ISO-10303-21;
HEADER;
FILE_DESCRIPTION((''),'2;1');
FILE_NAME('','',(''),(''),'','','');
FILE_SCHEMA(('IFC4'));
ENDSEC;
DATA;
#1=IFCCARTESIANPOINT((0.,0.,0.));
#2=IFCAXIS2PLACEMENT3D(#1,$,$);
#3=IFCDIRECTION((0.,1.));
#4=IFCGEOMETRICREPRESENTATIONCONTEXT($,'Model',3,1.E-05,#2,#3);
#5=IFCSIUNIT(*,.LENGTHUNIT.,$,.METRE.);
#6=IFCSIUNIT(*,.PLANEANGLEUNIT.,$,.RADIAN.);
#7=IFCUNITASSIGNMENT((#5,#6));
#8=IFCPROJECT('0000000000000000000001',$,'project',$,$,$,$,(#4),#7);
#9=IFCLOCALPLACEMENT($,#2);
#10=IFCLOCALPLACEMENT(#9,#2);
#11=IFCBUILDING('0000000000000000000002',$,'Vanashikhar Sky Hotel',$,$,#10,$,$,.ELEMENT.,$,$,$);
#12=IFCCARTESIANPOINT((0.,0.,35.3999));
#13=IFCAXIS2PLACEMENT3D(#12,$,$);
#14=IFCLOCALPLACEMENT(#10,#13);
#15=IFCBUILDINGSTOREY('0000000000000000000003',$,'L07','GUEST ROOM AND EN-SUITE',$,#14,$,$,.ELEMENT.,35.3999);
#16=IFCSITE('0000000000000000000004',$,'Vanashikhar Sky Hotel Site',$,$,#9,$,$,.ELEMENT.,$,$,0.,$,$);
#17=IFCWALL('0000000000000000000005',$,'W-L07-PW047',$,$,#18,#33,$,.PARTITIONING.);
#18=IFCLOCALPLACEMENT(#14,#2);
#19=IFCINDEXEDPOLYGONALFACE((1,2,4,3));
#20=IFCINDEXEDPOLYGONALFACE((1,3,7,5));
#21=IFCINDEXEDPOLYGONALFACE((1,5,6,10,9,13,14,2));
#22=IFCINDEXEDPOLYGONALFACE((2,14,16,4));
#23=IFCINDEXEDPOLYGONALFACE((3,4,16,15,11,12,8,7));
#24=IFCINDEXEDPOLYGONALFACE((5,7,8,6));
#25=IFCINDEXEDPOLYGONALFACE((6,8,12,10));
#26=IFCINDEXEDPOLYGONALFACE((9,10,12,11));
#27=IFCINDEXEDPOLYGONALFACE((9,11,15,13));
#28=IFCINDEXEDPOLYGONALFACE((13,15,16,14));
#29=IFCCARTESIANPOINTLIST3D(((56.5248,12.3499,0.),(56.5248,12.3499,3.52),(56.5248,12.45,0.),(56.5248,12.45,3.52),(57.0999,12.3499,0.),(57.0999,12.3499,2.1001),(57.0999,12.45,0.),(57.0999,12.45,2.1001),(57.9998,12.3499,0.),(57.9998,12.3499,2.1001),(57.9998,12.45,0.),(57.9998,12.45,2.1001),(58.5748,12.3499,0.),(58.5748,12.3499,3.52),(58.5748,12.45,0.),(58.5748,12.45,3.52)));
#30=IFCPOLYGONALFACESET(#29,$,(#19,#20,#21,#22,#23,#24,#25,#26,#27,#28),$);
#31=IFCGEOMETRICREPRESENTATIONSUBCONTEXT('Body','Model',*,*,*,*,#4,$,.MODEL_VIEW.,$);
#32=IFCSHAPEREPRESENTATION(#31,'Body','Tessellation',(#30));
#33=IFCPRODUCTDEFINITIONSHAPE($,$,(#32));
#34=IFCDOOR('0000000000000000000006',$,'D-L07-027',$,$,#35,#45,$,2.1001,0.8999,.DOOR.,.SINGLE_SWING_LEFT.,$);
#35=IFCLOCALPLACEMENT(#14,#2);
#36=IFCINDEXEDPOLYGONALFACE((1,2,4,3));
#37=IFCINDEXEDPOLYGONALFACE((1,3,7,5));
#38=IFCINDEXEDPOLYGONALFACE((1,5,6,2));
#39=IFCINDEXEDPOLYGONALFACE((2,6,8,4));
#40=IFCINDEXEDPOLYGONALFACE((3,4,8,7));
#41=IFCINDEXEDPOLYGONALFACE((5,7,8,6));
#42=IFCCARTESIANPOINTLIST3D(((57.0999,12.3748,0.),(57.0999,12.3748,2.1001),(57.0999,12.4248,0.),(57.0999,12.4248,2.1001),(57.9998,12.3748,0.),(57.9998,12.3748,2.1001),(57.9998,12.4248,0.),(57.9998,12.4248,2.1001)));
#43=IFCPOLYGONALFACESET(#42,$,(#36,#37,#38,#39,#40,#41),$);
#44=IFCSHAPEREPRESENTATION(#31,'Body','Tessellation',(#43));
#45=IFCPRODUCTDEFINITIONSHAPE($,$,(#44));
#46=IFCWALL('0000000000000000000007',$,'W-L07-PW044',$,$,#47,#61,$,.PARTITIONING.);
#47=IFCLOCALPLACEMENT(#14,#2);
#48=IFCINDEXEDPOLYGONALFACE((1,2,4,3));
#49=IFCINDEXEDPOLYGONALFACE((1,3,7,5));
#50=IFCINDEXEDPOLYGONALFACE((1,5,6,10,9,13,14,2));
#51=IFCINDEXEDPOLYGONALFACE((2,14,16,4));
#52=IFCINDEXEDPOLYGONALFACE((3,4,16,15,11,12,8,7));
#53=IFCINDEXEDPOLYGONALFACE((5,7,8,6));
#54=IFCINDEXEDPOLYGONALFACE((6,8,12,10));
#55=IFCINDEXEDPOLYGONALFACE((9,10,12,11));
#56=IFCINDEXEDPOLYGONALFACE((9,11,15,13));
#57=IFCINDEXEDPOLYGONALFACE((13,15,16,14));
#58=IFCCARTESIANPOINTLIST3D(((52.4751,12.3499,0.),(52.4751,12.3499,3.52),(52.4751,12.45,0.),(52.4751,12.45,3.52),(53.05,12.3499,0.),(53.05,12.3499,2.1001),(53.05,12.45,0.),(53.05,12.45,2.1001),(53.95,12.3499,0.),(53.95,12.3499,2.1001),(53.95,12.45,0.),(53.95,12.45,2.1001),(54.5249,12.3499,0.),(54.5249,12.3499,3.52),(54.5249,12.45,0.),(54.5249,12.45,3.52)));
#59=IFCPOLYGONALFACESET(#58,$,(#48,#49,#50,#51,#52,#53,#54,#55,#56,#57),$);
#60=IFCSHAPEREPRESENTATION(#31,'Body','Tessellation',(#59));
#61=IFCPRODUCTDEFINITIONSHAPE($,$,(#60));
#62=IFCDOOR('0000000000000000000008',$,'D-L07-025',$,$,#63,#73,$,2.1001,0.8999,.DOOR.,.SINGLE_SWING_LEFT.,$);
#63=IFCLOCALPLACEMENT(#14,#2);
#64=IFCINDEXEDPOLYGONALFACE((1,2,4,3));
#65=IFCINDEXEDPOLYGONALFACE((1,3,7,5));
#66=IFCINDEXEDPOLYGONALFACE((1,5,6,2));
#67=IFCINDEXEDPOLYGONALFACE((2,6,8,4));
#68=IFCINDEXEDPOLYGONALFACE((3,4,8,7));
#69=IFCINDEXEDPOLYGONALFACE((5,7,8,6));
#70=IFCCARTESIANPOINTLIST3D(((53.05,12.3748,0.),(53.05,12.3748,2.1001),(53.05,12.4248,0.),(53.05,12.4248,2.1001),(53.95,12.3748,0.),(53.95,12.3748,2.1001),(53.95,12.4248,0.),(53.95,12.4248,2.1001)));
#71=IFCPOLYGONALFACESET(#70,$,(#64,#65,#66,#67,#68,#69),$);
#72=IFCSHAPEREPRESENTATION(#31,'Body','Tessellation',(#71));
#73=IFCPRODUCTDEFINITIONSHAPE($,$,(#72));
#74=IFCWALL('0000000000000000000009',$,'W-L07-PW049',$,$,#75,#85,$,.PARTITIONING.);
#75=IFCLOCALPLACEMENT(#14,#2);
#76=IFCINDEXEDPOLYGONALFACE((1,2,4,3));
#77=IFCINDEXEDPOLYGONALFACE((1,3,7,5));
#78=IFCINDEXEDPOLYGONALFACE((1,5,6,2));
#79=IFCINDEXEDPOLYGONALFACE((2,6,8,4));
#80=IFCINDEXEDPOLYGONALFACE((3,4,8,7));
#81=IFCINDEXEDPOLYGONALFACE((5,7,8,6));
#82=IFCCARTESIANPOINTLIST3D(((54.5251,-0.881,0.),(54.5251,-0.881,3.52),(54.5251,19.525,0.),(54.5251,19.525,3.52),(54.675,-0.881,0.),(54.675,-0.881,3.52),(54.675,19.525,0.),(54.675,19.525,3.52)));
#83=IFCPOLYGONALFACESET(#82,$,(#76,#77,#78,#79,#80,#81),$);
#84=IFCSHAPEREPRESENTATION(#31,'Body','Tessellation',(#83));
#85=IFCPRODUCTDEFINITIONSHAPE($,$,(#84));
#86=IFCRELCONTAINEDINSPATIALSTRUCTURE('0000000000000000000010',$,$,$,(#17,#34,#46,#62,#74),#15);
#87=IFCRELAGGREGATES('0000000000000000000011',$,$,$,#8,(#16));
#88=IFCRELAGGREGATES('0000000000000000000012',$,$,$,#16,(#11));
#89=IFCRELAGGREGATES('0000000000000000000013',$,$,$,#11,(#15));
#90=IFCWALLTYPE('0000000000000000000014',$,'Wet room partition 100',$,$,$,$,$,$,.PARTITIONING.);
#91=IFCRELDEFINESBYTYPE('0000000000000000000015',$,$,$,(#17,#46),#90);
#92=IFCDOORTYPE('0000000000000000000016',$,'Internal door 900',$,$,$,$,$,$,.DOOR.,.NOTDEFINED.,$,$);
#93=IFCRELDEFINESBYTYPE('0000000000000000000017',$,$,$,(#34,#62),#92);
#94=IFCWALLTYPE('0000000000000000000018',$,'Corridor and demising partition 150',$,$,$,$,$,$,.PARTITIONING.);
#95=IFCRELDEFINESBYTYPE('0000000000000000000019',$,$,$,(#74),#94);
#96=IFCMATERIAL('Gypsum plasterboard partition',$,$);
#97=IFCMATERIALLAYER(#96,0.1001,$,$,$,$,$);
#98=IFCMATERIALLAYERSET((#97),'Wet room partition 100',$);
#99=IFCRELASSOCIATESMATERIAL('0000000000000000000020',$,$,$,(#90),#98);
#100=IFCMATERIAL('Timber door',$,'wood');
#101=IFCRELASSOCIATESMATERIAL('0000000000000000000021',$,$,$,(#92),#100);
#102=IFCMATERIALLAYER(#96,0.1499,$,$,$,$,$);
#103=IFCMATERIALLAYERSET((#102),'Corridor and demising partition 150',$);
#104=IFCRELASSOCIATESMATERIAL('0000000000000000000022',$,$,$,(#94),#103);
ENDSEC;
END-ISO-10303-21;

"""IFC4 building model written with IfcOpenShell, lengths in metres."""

from ifc_helpers import new_model, si_unit, direction, frame, frame_2d, origin, place, context, subcontext, project, spatial, rectangle, extrude, source, transform, mapped, material, layer, layer_set, type_object, element, fill, save


model = new_model("IFC4")

# Units and contexts
model_context = context("Model", 3, precision=1e-05, world=origin(), true_north=direction((0.0, 1.0)))
body_context = subcontext(model_context, "Body", "Model", "MODEL_VIEW")
ifc_project = project(units=[si_unit("LENGTHUNIT", "METRE"), si_unit("PLANEANGLEUNIT", "RADIAN")], contexts=[model_context])

# Site, building, storey
site_placement = place(None, origin())
site = spatial("IfcSite", under=ifc_project, at=site_placement, Name="Vanashikhar Sky Hotel Site", CompositionType="ELEMENT", RefElevation=0.0)
building_placement = place(site_placement, origin())
building = spatial("IfcBuilding", under=site, at=building_placement, Name="Vanashikhar Sky Hotel", CompositionType="ELEMENT")
storey_placement = place(building_placement, frame((0.0, 0.0, 35.3999)))
storey = spatial("IfcBuildingStorey", under=building, at=storey_placement, Name="L07", Description="GUEST ROOM AND EN-SUITE", CompositionType="ELEMENT", Elevation=35.3999)

# Shared definitions
ifc_material_1 = material(Name="Gypsum plasterboard partition")
ifc_layer_1 = layer(ifc_material_1, 0.1001)
ifc_layer_set_1 = layer_set([ifc_layer_1], Name="Wet room partition 100")
wall_type_1 = type_object("IfcWallType", Name="Wet room partition 100", PredefinedType="PARTITIONING", material=ifc_layer_set_1)

# Walls, openings, doors
shared_shape_1 = source(origin(), body_context, "Body", "SweptSolid", [
    extrude(rectangle(XDim=2.05, YDim=0.1001, at=frame_2d((1.0249, 0.0))), origin(), (0.0, 0.0, 1.0), 3.52),
])
shared_shape_2 = source(origin(), body_context, "Body", "SweptSolid", [
    extrude(rectangle(XDim=0.8999, YDim=2.1001, at=frame_2d((0.45, 1.05))), frame((0.0, 0.0601, 0.0), z_axis=(0.0, -1.0, 0.0), x_axis=(1.0, 0.0, 0.0)), (0.0, 0.0, 1.0), 0.1201),
])
ifc_material_2 = material(Name="Timber door", Category="wood")
door_type = type_object("IfcDoorType", Name="Internal door 900", OperationType="NOTDEFINED", PredefinedType="DOOR", material=ifc_material_2)
shared_shape_3 = source(origin(), body_context, "Body", "SweptSolid", [
    extrude(rectangle(XDim=0.8999, YDim=2.1001, at=frame_2d((0.45, 1.05))), frame((0.0, 0.0249, 0.0), z_axis=(0.0, -1.0, 0.0), x_axis=(1.0, 0.0, 0.0)), (0.0, 0.0, 1.0), 0.05),
])
wall_1_placement = place(storey_placement, frame((56.5249, 12.3999, 0.0), z_axis=(0.0, 0.0, 1.0), x_axis=(1.0, 0.0, 0.0)))
wall_1 = element("IfcWall", 1, at=wall_1_placement, inside=storey, type_object=wall_type_1, Name="W-L07-PW047", PredefinedType="PARTITIONING", context=body_context, shape_type="MappedRepresentation", body=[
    mapped(shared_shape_1, transform((0.0, 0.0, 0.0), scale=1.0)),
])
opening_1_placement = place(wall_1_placement, frame((0.575, 0.0, 0.0)))
opening_1 = element("IfcOpeningElement", 2, at=opening_1_placement, cuts=wall_1, PredefinedType="OPENING", context=body_context, shape_type="MappedRepresentation", body=[
    mapped(shared_shape_2, transform((0.0, 0.0, 0.0), scale=1.0)),
])
door_1_placement = place(opening_1_placement, origin())
door_1 = element("IfcDoor", 3, at=door_1_placement, inside=storey, type_object=door_type, Name="D-L07-027", OperationType="SINGLE_SWING_LEFT", OverallHeight=2.1001, OverallWidth=0.8999, PredefinedType="DOOR", context=body_context, shape_type="MappedRepresentation", body=[
    mapped(shared_shape_3, transform((0.0, 0.0, 0.0), scale=1.0)),
])
fill(opening_1, door_1)
shared_shape_4 = source(origin(), body_context, "Body", "SweptSolid", [
    extrude(rectangle(XDim=2.0498, YDim=0.1001, at=frame_2d((1.0249, 0.0))), origin(), (0.0, 0.0, 1.0), 3.52),
])
wall_2_placement = place(storey_placement, frame((52.4751, 12.3999, 0.0), z_axis=(0.0, 0.0, 1.0), x_axis=(1.0, 0.0, 0.0)))
wall_2 = element("IfcWall", 4, at=wall_2_placement, inside=storey, type_object=wall_type_1, Name="W-L07-PW044", PredefinedType="PARTITIONING", context=body_context, shape_type="MappedRepresentation", body=[
    mapped(shared_shape_4, transform((0.0, 0.0, 0.0), scale=1.0)),
])
opening_2_placement = place(wall_2_placement, frame((0.575, 0.0, 0.0)))
opening_2 = element("IfcOpeningElement", 5, at=opening_2_placement, cuts=wall_2, PredefinedType="OPENING", context=body_context, shape_type="MappedRepresentation", body=[
    mapped(shared_shape_2, transform((0.0, 0.0, 0.0), scale=1.0)),
])
door_2_placement = place(opening_2_placement, origin())
door_2 = element("IfcDoor", 6, at=door_2_placement, inside=storey, type_object=door_type, Name="D-L07-025", OperationType="SINGLE_SWING_LEFT", OverallHeight=2.1001, OverallWidth=0.8999, PredefinedType="DOOR", context=body_context, shape_type="MappedRepresentation", body=[
    mapped(shared_shape_3, transform((0.0, 0.0, 0.0), scale=1.0)),
])
fill(opening_2, door_2)

# Wall
ifc_layer_2 = layer(ifc_material_1, 0.1499)
ifc_layer_set_2 = layer_set([ifc_layer_2], Name="Corridor and demising partition 150")
wall_type_2 = type_object("IfcWallType", Name="Corridor and demising partition 150", PredefinedType="PARTITIONING", material=ifc_layer_set_2)
shared_shape_5 = source(origin(), body_context, "Body", "SweptSolid", [
    extrude(rectangle(XDim=20.406, YDim=0.1499, at=frame_2d((10.2031, 0.0))), origin(), (0.0, 0.0, 1.0), 3.52),
])
wall_3_placement = place(storey_placement, frame((54.6001, -0.8811, 0.0), z_axis=(0.0, 0.0, 1.0), x_axis=(0.0, 1.0, 0.0)))
element("IfcWall", 7, at=wall_3_placement, inside=storey, type_object=wall_type_2, Name="W-L07-PW049", PredefinedType="PARTITIONING", context=body_context, shape_type="MappedRepresentation", body=[
    mapped(shared_shape_5, transform((0.0, 0.0, 0.0), scale=1.0)),
])

save(model, "model.ifc")
